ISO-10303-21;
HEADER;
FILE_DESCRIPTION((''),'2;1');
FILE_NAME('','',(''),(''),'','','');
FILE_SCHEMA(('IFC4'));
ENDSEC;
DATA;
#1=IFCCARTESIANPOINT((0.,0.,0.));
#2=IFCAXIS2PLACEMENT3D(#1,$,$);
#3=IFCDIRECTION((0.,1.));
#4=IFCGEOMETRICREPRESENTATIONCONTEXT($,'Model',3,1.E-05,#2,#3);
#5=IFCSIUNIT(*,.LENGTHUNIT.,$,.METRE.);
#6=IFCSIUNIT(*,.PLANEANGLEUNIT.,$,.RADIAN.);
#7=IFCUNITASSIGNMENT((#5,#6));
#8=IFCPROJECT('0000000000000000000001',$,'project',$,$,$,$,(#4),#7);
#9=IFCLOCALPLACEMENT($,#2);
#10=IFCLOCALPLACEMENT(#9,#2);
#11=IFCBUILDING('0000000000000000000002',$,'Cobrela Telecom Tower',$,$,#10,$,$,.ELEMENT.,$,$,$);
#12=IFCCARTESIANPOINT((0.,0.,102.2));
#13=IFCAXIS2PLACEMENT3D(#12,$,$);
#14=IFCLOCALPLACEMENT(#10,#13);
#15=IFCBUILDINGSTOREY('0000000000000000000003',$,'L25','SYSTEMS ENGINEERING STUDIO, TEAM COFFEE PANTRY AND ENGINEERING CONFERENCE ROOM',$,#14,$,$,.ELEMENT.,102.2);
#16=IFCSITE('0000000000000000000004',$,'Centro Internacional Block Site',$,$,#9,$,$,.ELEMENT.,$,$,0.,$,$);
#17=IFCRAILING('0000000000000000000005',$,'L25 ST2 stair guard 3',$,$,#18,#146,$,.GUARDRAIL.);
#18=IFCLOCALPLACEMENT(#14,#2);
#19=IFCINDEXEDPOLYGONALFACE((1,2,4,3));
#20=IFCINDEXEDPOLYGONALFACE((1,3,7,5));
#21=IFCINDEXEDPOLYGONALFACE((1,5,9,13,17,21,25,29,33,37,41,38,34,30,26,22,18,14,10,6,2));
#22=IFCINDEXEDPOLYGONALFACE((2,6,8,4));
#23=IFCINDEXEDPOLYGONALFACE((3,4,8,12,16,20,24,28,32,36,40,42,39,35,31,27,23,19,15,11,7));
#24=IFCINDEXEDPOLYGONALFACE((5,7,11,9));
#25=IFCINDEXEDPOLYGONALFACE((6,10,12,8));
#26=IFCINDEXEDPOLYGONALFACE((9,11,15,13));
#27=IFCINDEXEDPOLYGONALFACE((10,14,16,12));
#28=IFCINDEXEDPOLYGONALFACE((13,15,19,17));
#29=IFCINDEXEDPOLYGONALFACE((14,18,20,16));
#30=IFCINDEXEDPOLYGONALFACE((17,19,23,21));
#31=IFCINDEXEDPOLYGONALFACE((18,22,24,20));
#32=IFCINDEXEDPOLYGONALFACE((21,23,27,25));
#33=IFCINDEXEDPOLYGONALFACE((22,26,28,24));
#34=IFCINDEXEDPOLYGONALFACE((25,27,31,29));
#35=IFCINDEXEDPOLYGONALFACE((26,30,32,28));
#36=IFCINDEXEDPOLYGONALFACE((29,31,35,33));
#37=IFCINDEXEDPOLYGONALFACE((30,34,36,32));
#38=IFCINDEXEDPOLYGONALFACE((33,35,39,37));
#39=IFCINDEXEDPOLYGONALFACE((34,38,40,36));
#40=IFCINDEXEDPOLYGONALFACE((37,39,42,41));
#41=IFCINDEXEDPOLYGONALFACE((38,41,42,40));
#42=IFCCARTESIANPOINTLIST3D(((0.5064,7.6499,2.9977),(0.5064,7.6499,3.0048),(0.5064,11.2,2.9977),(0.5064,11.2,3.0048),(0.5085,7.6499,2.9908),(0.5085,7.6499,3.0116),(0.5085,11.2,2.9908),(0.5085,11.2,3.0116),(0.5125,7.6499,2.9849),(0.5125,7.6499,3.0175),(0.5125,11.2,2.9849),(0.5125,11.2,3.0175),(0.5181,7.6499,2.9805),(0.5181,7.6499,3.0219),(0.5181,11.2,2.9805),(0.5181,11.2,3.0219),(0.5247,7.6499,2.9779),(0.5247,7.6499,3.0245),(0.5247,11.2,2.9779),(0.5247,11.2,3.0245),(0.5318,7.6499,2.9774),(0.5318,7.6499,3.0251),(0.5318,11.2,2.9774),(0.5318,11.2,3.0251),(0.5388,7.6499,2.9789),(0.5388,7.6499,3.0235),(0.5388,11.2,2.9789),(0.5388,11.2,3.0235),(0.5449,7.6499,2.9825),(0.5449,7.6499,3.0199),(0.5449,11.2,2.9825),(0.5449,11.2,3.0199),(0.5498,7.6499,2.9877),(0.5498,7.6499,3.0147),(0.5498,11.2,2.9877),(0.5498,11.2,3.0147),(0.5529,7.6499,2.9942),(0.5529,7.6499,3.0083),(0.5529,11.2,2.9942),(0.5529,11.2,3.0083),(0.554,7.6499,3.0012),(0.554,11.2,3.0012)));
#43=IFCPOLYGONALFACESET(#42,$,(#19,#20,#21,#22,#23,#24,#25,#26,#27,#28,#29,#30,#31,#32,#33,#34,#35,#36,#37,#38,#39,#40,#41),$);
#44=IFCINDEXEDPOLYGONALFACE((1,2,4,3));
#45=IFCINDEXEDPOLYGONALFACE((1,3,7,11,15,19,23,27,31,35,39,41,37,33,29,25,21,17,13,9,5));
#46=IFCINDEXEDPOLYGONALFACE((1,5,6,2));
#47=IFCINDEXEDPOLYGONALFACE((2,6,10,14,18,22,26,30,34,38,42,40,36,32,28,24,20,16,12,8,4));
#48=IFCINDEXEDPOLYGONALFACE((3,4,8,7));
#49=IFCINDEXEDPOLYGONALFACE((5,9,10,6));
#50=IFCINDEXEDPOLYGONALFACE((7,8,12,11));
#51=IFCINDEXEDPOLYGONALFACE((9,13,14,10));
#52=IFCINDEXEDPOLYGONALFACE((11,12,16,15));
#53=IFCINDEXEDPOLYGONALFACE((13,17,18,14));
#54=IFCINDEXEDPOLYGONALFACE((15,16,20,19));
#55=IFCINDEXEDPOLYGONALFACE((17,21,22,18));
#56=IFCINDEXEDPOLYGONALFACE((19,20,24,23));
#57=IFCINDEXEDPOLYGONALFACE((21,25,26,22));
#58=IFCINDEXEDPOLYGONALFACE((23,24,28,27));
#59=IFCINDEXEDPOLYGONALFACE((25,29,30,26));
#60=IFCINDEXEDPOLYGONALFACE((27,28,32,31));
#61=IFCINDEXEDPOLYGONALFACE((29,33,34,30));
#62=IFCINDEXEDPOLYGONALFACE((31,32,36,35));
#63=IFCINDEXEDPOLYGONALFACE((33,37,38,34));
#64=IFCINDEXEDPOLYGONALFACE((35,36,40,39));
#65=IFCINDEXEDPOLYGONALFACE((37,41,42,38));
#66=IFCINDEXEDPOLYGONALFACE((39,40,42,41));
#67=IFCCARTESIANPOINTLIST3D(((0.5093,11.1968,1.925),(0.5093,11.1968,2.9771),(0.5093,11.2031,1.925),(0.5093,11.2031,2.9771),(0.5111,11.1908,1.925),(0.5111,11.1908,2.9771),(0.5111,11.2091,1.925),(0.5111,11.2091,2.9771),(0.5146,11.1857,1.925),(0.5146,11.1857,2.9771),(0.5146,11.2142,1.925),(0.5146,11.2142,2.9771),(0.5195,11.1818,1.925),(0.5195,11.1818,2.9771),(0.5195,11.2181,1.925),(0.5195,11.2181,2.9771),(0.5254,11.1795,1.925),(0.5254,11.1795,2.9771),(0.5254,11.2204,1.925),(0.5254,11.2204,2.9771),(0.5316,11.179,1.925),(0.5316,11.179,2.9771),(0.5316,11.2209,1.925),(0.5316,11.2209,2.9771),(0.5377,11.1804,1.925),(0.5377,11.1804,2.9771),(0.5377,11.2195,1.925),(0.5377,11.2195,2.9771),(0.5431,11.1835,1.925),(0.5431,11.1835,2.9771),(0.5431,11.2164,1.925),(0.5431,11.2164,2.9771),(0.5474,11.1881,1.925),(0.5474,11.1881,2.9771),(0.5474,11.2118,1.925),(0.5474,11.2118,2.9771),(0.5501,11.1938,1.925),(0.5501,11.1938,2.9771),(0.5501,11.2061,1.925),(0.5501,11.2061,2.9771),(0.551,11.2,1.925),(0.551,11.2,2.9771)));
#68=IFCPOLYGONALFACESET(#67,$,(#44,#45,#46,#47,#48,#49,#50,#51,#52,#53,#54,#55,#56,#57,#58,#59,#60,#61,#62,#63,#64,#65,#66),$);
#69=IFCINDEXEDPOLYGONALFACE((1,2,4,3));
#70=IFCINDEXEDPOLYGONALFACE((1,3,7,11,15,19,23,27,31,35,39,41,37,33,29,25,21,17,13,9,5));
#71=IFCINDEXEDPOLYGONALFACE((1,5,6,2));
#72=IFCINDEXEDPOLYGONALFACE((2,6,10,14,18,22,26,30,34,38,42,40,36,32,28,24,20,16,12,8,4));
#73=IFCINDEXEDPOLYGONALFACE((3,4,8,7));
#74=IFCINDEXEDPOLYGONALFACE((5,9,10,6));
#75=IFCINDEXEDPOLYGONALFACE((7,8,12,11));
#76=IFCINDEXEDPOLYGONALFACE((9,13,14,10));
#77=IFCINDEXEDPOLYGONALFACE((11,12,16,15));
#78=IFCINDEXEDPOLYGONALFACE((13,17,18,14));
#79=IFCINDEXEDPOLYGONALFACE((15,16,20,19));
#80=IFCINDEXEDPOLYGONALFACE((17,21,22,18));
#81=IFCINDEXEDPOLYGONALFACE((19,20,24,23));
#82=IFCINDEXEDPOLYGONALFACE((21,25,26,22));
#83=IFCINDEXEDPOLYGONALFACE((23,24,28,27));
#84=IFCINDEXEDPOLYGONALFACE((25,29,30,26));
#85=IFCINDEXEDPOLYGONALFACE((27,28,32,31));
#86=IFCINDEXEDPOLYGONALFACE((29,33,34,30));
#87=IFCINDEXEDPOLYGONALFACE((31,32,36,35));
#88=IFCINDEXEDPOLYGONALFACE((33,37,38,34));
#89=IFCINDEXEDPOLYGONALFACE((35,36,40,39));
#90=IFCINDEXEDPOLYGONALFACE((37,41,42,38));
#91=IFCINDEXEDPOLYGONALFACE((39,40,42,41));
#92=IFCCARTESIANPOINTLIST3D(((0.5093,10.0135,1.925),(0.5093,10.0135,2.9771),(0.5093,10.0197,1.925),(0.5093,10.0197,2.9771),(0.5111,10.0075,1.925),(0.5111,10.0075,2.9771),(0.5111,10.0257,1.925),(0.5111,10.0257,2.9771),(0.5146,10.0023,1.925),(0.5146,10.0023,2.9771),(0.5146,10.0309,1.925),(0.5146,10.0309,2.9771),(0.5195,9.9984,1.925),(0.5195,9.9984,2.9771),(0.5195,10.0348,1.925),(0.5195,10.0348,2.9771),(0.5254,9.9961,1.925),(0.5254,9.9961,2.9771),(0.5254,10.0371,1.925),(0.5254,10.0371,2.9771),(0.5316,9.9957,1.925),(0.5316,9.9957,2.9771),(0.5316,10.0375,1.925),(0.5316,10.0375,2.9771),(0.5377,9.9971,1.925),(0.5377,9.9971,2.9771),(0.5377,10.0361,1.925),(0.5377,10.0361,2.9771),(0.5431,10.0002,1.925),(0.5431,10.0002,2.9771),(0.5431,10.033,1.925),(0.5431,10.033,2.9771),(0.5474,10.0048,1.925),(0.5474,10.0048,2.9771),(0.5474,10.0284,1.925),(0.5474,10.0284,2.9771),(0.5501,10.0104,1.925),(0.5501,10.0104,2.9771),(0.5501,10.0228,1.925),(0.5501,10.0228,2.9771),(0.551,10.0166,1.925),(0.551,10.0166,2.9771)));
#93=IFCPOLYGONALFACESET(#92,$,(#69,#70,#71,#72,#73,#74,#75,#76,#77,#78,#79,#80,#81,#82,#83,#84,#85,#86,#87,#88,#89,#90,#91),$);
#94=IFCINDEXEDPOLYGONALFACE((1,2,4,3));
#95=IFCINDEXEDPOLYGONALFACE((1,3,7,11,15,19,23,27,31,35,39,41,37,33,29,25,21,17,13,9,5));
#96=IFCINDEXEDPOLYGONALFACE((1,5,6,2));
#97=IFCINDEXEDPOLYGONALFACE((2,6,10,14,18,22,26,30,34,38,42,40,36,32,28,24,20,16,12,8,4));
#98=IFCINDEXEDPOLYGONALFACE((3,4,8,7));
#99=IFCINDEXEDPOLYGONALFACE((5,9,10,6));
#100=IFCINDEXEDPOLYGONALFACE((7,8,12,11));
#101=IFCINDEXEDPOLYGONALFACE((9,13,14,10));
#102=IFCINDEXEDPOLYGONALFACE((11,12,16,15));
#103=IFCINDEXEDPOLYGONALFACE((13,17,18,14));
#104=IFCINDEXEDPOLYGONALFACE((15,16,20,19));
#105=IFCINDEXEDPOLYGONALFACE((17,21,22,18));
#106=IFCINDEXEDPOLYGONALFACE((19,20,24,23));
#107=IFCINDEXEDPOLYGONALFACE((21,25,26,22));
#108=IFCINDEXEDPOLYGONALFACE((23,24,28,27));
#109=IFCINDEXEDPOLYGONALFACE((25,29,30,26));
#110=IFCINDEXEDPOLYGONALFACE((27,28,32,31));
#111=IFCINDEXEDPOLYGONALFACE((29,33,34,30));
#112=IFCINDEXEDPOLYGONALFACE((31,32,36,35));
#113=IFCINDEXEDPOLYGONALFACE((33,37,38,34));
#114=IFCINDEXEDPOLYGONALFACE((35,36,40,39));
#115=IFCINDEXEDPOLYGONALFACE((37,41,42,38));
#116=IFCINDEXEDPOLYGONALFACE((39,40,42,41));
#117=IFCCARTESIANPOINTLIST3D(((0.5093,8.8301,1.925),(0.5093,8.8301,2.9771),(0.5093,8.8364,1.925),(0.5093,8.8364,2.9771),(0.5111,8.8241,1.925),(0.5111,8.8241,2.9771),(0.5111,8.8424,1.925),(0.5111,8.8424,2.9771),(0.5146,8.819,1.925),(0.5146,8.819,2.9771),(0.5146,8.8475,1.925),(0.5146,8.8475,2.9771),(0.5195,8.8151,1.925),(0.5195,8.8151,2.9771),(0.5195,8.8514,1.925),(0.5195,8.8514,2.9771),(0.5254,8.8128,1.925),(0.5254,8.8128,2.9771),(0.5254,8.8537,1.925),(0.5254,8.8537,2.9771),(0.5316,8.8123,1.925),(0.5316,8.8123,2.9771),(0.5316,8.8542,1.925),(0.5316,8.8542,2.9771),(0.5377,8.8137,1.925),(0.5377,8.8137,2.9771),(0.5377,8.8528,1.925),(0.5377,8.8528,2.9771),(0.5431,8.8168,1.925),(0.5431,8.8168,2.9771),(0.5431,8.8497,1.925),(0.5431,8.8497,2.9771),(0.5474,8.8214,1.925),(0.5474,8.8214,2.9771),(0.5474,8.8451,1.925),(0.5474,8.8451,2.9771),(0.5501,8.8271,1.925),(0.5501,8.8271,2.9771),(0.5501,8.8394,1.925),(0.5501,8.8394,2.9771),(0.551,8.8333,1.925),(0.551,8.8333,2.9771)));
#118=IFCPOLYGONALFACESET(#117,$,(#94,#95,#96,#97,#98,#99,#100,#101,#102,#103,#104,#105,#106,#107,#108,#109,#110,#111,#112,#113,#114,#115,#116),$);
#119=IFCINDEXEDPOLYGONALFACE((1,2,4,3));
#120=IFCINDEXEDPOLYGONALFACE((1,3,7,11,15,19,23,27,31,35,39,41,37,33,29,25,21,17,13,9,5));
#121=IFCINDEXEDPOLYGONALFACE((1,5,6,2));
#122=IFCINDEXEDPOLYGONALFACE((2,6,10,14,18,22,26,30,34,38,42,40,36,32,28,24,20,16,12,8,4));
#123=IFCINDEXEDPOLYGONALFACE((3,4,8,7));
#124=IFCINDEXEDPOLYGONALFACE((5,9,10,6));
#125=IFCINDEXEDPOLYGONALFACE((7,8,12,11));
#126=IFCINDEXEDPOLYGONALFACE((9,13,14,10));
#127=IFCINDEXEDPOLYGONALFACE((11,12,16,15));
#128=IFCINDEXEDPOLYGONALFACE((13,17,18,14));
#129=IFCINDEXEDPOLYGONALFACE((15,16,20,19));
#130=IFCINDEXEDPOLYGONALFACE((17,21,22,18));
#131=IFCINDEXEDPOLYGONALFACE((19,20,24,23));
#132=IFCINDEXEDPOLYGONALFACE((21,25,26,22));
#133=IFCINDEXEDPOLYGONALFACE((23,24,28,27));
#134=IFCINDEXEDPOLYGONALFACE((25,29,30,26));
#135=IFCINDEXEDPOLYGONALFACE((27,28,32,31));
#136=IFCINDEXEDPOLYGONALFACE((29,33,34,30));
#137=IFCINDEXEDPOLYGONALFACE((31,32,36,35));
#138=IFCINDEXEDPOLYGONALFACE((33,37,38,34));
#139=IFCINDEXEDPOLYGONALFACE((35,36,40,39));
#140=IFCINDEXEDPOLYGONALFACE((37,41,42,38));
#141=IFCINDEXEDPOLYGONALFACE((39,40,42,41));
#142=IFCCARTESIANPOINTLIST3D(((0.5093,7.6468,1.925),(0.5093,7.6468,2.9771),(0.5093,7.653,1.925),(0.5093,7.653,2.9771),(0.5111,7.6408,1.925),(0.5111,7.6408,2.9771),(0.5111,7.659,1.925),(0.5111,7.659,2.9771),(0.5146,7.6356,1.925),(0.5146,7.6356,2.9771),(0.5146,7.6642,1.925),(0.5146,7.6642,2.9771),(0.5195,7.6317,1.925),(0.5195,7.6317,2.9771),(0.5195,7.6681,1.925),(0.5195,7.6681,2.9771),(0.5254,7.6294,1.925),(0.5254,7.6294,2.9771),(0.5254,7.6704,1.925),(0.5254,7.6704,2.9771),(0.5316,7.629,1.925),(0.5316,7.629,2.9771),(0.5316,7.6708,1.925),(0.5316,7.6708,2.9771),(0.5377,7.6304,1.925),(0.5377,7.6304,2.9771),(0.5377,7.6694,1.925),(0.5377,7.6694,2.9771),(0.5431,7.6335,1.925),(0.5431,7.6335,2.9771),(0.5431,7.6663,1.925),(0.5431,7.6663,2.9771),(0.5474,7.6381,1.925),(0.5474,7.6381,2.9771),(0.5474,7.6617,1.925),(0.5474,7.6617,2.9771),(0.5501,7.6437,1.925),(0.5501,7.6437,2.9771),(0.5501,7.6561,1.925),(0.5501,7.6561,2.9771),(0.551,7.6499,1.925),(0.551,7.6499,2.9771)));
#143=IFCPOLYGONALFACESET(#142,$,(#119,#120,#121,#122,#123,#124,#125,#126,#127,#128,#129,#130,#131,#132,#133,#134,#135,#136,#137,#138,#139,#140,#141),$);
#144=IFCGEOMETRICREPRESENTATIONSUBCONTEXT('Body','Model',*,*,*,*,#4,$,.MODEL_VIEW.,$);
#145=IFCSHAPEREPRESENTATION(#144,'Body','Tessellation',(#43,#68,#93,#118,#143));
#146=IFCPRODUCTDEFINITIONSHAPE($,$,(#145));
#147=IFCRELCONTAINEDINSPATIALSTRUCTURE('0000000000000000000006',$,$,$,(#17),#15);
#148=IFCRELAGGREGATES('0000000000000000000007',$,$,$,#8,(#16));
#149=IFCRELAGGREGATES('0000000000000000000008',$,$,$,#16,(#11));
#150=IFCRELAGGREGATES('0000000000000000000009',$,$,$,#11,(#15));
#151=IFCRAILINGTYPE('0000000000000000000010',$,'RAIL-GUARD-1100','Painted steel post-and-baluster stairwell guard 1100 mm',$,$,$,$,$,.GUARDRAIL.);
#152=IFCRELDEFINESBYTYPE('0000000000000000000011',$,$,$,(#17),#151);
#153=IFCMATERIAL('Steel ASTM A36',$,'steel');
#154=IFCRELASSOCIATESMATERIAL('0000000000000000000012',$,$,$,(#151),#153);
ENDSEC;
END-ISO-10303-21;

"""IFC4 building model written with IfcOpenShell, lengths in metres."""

from ifc_helpers import new_model, si_unit, direction, frame, origin, origin_2d, place, context, subcontext, project, spatial, circle, extrude, material, type_object, element, save


model = new_model("IFC4")

# Units and contexts
model_context = context("Model", 3, precision=1e-05, world=origin(), true_north=direction((0.0, 1.0)))
body_context = subcontext(model_context, "Body", "Model", "MODEL_VIEW")
ifc_project = project(units=[si_unit("LENGTHUNIT", "METRE"), si_unit("PLANEANGLEUNIT", "RADIAN")], contexts=[model_context])

# Site, building, storey
site_placement = place(None, origin())
site = spatial("IfcSite", under=ifc_project, at=site_placement, Name="Centro Internacional Block Site", CompositionType="ELEMENT", RefElevation=0.0)
building_placement = place(site_placement, origin())
building = spatial("IfcBuilding", under=site, at=building_placement, Name="Cobrela Telecom Tower", CompositionType="ELEMENT")
storey_placement = place(building_placement, frame((0.0, 0.0, 102.2)))
storey = spatial("IfcBuildingStorey", under=building, at=storey_placement, Name="L25", Description="SYSTEMS ENGINEERING STUDIO, TEAM COFFEE PANTRY AND ENGINEERING CONFERENCE ROOM", CompositionType="ELEMENT", Elevation=102.2)

# Shared definitions
ifc_material_1 = material(Name="Steel ASTM A36", Category="steel")

# Railing
railing_type_1 = type_object("IfcRailingType", Name="RAIL-GUARD-1100", Description="Painted steel post-and-baluster stairwell guard 1100 mm", PredefinedType="GUARDRAIL", material=ifc_material_1)
railing_1_placement = place(storey_placement, frame((0.53, 11.2, 1.925)))
element("IfcRailing", 1, at=railing_1_placement, inside=storey, type_object=railing_type_1, Name="L25 ST2 stair guard 3", PredefinedType="GUARDRAIL", context=body_context, shape_type="SweptSolid", body=[
    extrude(circle(Radius=0.0239, at=origin_2d()), frame((0.0, 0.0, 1.0762), z_axis=(0.0, -1.0, 0.0), x_axis=(1.0, 0.0, 0.0)), (0.0, 0.0, 1.0), 3.55),
    extrude(circle(Radius=0.021, at=origin_2d()), origin(), (0.0, 0.0, 1.0), 1.052),
    extrude(circle(Radius=0.021, at=origin_2d()), frame((0.0, -1.1833, 0.0)), (0.0, 0.0, 1.0), 1.052),
    extrude(circle(Radius=0.021, at=origin_2d()), frame((0.0, -2.3667, 0.0)), (0.0, 0.0, 1.0), 1.052),
    extrude(circle(Radius=0.021, at=origin_2d()), frame((0.0, -3.55, 0.0)), (0.0, 0.0, 1.0), 1.052),
])

save(model, "model.ifc")
